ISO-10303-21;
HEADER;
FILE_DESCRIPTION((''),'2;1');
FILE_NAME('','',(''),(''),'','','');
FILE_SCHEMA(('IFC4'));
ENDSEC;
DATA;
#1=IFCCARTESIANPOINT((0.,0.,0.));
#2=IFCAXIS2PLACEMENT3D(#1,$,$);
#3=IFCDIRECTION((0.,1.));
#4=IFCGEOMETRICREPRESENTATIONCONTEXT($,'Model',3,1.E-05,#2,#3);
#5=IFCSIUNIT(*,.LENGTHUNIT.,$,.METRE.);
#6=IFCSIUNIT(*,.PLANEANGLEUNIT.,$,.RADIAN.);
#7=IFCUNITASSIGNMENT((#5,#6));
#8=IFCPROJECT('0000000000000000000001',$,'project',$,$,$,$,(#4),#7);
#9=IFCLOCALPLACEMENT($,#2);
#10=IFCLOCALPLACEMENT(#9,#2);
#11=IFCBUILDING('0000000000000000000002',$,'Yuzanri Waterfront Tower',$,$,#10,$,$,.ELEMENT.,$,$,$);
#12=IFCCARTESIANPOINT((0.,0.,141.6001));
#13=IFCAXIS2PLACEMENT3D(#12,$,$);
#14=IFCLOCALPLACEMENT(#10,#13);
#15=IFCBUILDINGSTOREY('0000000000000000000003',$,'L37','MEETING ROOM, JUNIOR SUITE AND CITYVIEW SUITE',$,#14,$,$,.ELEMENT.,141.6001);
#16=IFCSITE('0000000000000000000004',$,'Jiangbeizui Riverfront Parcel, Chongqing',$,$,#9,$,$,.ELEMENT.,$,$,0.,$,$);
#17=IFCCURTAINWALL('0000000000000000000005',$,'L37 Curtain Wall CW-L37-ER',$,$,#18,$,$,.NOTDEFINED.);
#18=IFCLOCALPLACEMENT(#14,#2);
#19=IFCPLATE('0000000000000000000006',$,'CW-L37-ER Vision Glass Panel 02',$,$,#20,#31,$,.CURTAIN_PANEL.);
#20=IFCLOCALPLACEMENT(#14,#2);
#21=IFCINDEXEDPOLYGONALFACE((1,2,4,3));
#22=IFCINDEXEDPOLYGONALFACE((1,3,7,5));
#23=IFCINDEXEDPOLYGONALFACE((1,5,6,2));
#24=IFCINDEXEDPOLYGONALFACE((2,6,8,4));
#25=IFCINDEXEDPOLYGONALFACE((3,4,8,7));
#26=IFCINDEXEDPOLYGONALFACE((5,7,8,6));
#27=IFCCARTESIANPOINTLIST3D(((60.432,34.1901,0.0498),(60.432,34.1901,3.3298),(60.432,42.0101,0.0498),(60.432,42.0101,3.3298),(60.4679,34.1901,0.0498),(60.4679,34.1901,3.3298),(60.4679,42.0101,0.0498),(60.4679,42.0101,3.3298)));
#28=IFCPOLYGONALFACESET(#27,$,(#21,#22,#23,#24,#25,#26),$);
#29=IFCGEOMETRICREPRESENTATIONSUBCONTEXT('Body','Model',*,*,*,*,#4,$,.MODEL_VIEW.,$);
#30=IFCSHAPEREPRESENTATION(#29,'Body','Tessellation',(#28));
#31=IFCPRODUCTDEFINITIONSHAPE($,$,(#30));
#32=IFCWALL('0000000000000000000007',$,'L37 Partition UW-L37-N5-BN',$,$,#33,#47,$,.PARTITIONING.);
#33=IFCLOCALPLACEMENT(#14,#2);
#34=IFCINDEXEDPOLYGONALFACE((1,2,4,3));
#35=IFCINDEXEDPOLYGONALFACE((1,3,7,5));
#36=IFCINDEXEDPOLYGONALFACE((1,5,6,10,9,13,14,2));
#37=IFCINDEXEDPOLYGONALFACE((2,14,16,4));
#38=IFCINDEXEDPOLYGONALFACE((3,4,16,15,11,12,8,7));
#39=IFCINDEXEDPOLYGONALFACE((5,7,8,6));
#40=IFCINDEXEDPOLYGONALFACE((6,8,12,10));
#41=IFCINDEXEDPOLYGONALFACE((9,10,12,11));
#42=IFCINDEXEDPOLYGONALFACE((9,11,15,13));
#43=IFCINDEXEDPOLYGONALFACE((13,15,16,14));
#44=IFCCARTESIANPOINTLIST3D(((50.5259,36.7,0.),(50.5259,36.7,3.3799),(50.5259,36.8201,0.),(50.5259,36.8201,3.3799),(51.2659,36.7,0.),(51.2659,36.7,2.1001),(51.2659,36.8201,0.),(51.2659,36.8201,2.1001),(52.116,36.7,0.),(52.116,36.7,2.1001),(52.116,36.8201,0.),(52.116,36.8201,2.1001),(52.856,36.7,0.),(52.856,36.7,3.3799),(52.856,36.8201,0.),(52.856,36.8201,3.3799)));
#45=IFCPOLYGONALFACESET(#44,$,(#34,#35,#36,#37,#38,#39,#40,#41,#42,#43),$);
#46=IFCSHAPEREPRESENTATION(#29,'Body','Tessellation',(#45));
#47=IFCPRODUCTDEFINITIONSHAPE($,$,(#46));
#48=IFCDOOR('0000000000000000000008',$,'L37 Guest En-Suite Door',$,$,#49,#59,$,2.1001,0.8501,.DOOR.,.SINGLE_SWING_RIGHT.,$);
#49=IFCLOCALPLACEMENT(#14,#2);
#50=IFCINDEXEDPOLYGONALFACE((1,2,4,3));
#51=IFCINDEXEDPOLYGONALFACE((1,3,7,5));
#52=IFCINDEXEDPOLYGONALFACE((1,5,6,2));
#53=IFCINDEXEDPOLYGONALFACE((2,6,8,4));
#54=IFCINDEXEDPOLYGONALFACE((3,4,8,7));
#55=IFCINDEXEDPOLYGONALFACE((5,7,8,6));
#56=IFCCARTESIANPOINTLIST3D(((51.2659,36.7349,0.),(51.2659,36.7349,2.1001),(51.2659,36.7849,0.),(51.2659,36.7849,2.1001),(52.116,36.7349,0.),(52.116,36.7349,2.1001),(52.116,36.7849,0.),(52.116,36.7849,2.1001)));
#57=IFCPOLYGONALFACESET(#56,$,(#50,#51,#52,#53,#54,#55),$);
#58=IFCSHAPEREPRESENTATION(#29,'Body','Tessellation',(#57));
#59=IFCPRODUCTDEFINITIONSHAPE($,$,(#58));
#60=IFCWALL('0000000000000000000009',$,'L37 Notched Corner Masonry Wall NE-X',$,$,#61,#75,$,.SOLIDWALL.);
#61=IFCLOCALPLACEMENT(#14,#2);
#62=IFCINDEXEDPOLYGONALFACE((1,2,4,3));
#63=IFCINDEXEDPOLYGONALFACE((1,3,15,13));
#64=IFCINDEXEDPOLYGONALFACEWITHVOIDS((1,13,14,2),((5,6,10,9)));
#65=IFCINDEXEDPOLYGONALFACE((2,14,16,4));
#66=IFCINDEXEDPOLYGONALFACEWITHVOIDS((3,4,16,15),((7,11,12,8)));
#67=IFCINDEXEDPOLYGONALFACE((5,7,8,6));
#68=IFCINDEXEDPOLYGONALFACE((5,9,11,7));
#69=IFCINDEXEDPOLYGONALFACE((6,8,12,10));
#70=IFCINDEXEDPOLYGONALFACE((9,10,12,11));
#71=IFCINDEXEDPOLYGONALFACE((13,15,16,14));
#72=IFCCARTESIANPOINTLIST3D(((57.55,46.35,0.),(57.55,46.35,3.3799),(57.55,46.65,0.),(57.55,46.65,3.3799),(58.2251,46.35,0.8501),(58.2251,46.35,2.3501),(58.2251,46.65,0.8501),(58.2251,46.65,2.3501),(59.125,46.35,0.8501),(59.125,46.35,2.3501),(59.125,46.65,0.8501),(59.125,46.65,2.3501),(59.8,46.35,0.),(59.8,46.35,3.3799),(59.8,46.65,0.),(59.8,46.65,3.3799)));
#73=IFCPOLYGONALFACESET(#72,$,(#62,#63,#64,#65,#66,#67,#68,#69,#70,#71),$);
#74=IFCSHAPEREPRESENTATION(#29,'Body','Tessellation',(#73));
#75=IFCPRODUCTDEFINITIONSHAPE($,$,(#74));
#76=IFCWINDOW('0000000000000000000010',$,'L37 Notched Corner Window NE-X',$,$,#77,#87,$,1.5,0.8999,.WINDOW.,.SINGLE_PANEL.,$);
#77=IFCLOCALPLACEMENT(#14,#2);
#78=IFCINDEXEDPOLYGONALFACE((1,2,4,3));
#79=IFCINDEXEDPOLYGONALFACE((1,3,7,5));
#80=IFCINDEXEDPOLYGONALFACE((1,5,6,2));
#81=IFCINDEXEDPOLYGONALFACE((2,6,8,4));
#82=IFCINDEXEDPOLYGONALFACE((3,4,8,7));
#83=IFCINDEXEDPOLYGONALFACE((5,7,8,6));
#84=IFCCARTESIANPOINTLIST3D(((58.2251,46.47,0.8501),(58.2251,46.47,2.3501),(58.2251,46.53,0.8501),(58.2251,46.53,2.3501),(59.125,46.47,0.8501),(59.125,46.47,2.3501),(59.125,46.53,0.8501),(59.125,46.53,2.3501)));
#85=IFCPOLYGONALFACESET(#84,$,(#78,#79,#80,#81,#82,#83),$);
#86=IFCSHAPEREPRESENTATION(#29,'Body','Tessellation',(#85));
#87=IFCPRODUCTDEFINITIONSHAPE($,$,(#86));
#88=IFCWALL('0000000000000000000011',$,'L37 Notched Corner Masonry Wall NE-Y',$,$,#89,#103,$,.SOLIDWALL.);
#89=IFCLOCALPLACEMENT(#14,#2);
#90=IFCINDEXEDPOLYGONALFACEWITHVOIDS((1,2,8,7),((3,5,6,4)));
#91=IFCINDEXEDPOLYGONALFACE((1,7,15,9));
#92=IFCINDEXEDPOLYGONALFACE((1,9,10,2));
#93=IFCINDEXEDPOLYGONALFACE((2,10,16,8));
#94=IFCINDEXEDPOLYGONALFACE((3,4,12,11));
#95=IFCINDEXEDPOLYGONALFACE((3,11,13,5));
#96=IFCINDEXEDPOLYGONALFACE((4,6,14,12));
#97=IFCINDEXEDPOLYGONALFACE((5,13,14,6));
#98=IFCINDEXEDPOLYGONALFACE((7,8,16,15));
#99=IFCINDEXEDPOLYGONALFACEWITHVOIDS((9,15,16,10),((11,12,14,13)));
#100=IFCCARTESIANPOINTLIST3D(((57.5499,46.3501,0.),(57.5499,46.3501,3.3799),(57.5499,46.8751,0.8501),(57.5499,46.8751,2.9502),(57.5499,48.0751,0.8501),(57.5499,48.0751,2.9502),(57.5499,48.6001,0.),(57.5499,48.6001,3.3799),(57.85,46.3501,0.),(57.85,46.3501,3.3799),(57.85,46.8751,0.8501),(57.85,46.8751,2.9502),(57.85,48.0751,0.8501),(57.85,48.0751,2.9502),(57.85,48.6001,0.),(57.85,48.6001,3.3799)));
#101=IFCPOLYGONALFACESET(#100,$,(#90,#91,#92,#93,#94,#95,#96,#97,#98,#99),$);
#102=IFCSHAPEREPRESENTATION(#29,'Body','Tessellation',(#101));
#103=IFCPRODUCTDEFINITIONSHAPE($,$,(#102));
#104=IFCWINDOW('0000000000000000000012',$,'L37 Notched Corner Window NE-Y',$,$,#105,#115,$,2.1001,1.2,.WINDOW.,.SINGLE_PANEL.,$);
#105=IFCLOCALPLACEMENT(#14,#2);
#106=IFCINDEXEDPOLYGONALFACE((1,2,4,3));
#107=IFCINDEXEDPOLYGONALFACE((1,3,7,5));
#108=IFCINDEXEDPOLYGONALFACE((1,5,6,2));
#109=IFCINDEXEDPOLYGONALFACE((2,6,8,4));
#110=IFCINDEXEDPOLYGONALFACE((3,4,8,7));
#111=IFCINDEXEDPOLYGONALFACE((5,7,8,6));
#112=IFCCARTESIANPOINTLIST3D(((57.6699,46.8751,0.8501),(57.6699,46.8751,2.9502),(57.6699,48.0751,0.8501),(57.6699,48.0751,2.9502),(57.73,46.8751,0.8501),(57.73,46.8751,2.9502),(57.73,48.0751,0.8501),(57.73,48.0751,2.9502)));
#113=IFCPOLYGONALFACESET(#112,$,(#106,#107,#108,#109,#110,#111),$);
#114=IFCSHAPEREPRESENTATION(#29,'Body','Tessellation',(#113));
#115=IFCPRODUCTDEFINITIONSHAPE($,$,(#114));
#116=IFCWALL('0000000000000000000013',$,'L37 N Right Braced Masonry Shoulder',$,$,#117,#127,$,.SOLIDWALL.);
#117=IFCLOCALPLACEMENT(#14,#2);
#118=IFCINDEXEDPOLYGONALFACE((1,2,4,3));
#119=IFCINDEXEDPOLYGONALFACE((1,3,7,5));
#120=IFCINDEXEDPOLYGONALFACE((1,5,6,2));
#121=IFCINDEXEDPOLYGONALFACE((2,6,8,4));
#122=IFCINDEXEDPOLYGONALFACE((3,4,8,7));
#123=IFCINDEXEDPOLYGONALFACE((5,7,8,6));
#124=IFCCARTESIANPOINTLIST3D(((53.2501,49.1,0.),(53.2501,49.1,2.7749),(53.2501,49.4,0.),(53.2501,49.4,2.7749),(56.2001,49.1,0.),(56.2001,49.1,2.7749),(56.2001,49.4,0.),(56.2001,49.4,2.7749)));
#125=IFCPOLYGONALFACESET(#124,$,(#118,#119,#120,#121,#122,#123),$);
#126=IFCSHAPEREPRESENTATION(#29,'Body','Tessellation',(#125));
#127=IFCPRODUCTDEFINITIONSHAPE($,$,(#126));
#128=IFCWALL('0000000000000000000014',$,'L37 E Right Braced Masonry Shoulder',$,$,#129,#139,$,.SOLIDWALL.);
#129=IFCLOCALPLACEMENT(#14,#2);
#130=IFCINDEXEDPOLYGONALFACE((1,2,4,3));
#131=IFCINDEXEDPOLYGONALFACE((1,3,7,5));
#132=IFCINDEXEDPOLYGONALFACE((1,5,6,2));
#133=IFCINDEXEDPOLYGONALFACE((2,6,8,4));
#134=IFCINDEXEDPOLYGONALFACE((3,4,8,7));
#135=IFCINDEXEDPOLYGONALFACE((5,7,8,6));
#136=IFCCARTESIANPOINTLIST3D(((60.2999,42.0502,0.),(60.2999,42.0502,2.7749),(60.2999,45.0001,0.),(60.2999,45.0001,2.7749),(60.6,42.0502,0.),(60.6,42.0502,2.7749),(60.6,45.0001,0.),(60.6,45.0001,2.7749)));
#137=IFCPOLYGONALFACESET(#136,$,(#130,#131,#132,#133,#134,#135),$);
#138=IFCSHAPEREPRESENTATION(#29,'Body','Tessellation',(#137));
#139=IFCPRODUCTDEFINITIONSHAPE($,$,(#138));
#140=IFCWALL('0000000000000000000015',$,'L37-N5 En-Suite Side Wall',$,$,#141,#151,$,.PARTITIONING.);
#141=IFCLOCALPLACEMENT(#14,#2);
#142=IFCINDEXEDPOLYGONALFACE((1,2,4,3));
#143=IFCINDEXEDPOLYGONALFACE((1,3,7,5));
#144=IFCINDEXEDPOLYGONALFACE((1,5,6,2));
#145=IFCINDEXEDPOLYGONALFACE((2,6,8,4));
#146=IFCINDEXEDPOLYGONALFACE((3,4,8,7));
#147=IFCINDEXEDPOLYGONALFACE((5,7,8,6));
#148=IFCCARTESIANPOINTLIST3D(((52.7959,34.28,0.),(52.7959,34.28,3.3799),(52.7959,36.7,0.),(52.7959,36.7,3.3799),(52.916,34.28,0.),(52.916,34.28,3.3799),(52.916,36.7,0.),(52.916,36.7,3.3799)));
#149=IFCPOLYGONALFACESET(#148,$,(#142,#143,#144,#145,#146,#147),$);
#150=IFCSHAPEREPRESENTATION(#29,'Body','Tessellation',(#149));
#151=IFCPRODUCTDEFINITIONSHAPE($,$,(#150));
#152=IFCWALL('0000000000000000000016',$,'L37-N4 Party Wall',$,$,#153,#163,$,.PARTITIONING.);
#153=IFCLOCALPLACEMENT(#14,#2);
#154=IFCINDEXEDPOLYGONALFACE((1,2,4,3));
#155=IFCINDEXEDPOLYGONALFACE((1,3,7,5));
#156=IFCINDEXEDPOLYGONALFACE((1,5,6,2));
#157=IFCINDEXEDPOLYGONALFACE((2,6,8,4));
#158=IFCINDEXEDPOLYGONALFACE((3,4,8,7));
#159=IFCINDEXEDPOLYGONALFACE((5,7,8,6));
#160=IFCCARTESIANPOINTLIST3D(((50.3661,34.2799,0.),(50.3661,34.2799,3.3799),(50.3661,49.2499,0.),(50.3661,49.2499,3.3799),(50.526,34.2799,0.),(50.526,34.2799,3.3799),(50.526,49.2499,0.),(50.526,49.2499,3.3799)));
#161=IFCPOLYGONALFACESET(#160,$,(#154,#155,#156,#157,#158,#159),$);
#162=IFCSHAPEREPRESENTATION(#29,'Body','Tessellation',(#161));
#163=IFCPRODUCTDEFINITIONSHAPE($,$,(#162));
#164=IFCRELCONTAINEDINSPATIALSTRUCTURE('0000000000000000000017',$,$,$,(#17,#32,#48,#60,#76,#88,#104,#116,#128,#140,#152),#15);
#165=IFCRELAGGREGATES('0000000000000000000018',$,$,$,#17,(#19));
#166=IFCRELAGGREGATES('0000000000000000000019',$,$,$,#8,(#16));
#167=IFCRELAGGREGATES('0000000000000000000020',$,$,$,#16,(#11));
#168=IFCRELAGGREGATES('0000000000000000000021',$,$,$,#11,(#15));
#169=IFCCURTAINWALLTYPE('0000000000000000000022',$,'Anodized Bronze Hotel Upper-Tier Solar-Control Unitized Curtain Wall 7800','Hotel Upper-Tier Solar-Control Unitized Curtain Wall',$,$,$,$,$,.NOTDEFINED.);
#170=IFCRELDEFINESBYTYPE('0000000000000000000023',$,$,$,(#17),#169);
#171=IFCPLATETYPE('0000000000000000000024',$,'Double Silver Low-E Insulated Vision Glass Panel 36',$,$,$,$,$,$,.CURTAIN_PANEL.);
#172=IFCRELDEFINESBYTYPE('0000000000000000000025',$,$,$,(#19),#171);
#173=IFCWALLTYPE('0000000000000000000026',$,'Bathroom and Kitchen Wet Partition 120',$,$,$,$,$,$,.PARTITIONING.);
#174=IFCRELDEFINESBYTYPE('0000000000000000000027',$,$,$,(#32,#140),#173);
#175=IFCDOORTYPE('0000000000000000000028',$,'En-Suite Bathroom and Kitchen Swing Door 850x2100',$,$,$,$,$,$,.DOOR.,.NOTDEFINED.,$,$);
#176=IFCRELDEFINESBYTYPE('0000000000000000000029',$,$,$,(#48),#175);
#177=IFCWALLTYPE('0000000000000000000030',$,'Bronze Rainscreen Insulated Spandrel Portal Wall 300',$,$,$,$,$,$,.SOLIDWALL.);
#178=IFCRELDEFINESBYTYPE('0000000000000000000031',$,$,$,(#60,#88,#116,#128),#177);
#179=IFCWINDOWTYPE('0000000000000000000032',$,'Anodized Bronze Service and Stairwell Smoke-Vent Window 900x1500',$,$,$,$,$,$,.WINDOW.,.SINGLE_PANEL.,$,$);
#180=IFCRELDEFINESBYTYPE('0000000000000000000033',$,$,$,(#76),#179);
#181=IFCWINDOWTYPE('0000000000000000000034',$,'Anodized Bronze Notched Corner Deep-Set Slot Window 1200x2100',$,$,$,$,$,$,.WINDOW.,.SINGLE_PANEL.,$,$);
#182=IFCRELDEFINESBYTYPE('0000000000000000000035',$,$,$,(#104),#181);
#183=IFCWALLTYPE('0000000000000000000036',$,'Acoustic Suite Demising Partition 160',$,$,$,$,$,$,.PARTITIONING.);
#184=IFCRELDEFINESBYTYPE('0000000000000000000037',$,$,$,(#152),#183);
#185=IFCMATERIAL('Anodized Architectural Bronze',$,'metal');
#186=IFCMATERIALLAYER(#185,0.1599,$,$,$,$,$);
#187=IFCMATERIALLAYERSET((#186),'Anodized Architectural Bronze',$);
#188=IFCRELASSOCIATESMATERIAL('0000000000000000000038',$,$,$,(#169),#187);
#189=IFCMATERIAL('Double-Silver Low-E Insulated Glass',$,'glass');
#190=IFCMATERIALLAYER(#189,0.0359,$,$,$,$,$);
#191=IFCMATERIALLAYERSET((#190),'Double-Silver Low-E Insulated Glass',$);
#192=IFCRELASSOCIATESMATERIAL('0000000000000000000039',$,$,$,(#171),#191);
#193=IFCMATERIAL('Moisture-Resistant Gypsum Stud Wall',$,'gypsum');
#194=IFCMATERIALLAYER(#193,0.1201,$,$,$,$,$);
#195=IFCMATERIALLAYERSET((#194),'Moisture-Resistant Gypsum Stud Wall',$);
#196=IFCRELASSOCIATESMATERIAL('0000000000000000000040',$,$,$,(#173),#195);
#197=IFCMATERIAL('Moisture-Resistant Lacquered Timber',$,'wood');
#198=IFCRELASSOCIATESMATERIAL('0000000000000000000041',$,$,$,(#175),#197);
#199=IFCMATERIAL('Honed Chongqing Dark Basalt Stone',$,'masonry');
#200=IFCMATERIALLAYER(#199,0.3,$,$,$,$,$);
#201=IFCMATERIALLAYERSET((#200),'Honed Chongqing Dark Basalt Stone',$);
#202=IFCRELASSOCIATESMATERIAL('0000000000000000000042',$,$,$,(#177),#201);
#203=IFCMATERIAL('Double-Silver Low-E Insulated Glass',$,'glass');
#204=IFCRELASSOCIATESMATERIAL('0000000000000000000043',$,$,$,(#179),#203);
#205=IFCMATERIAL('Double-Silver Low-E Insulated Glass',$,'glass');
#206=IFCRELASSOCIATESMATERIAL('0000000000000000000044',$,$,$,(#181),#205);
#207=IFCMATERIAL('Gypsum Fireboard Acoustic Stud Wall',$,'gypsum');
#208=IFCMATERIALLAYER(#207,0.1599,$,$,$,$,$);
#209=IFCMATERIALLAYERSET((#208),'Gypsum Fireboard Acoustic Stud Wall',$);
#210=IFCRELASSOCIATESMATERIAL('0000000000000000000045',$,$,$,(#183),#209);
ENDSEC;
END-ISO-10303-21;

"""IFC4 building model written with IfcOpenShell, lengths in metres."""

from ifc_helpers import new_model, si_unit, direction, frame, frame_2d, origin, origin_2d, place, context, subcontext, project, spatial, rectangle, extrude, source, transform, mapped, material, layer, layer_set, type_object, element, fill, aggregate, save


model = new_model("IFC4")

# Units and contexts
model_context = context("Model", 3, precision=1e-05, world=origin(), true_north=direction((0.0, 1.0)))
body_context = subcontext(model_context, "Body", "Model", "MODEL_VIEW")
ifc_project = project(units=[si_unit("LENGTHUNIT", "METRE"), si_unit("PLANEANGLEUNIT", "RADIAN")], contexts=[model_context])

# Site, building, storey
site_placement = place(None, origin())
site = spatial("IfcSite", under=ifc_project, at=site_placement, Name="Jiangbeizui Riverfront Parcel, Chongqing", CompositionType="ELEMENT", RefElevation=0.0)
building_placement = place(site_placement, origin())
building = spatial("IfcBuilding", under=site, at=building_placement, Name="Yuzanri Waterfront Tower", CompositionType="ELEMENT")
storey_placement = place(building_placement, frame((0.0, 0.0, 141.6001)))
storey = spatial("IfcBuildingStorey", under=building, at=storey_placement, Name="L37", Description="MEETING ROOM, JUNIOR SUITE AND CITYVIEW SUITE", CompositionType="ELEMENT", Elevation=141.6001)

# Curtain wall
ifc_material_1 = material(Name="Anodized Architectural Bronze", Category="metal")
ifc_layer_1 = layer(ifc_material_1, 0.1599)
ifc_layer_set_1 = layer_set([ifc_layer_1], Name="Anodized Architectural Bronze")
curtain_wall_type = type_object("IfcCurtainWallType", Name="Anodized Bronze Hotel Upper-Tier Solar-Control Unitized Curtain Wall 7800", Description="Hotel Upper-Tier Solar-Control Unitized Curtain Wall", PredefinedType="NOTDEFINED", material=ifc_layer_set_1)
curtain_wall_1_placement = place(storey_placement, origin())
curtain_wall_1 = element("IfcCurtainWall", 1, at=curtain_wall_1_placement, inside=storey, type_object=curtain_wall_type, Name="L37 Curtain Wall CW-L37-ER", PredefinedType="NOTDEFINED")

# Plate
ifc_material_2 = material(Name="Double-Silver Low-E Insulated Glass", Category="glass")
ifc_layer_2 = layer(ifc_material_2, 0.0359)
ifc_layer_set_2 = layer_set([ifc_layer_2], Name="Double-Silver Low-E Insulated Glass")
plate_type_1 = type_object("IfcPlateType", Name="Double Silver Low-E Insulated Vision Glass Panel 36", PredefinedType="CURTAIN_PANEL", material=ifc_layer_set_2)
shared_shape_1 = source(origin(), body_context, "Body", "SweptSolid", [
    extrude(rectangle(XDim=7.8201, YDim=0.0359, at=origin_2d()), origin(), (0.0, 0.0, 1.0), 3.28),
])
plate_placement = place(storey_placement, frame((60.45, 38.1001, 0.0498), z_axis=(0.0, 0.0, 1.0), x_axis=(0.0, 1.0, 0.0)))
plate = element("IfcPlate", 2, at=plate_placement, type_object=plate_type_1, Name="CW-L37-ER Vision Glass Panel 02", PredefinedType="CURTAIN_PANEL", context=body_context, shape_type="MappedRepresentation", body=[
    mapped(shared_shape_1, transform((0.0, 0.0, 0.0), scale=1.0)),
])
aggregate(curtain_wall_1, [plate])

# Wall, opening, door
ifc_material_3 = material(Name="Moisture-Resistant Gypsum Stud Wall", Category="gypsum")
ifc_layer_3 = layer(ifc_material_3, 0.1201)
ifc_layer_set_3 = layer_set([ifc_layer_3], Name="Moisture-Resistant Gypsum Stud Wall")
wall_type_1 = type_object("IfcWallType", Name="Bathroom and Kitchen Wet Partition 120", PredefinedType="PARTITIONING", material=ifc_layer_set_3)
wall_1_placement = place(storey_placement, frame((50.5259, 36.76, 0.0), z_axis=(0.0, 0.0, 1.0), x_axis=(1.0, 0.0, 0.0)))
wall_1 = element("IfcWall", 3, at=wall_1_placement, inside=storey, type_object=wall_type_1, Name="L37 Partition UW-L37-N5-BN", PredefinedType="PARTITIONING", context=body_context, shape_type="SweptSolid", body=[
    extrude(rectangle(XDim=2.3301, YDim=0.1201, at=frame_2d((1.165, 0.0))), origin(), (0.0, 0.0, 1.0), 3.3799),
])
opening_1_placement = place(wall_1_placement, frame((0.74, 0.0, 0.0)))
opening_1 = element("IfcOpeningElement", 4, at=opening_1_placement, cuts=wall_1, PredefinedType="OPENING", context=body_context, shape_type="SweptSolid", body=[
    extrude(rectangle(XDim=0.8501, YDim=2.1001, at=frame_2d((0.425, 1.05))), frame((0.0, 0.075, 0.0), z_axis=(0.0, -1.0, 0.0), x_axis=(1.0, 0.0, 0.0)), (0.0, 0.0, 1.0), 0.1499),
])
ifc_material_4 = material(Name="Moisture-Resistant Lacquered Timber", Category="wood")
door_type = type_object("IfcDoorType", Name="En-Suite Bathroom and Kitchen Swing Door 850x2100", OperationType="NOTDEFINED", PredefinedType="DOOR", material=ifc_material_4)
shared_shape_2 = source(origin(), body_context, "Body", "SweptSolid", [
    extrude(rectangle(XDim=0.8501, YDim=2.1001, at=frame_2d((0.425, 1.05))), frame((0.0, 0.0249, 0.0), z_axis=(0.0, -1.0, 0.0), x_axis=(1.0, 0.0, 0.0)), (0.0, 0.0, 1.0), 0.05),
])
door_placement = place(opening_1_placement, origin())
door = element("IfcDoor", 5, at=door_placement, inside=storey, type_object=door_type, Name="L37 Guest En-Suite Door", OperationType="SINGLE_SWING_RIGHT", OverallHeight=2.1001, OverallWidth=0.8501, PredefinedType="DOOR", context=body_context, shape_type="MappedRepresentation", body=[
    mapped(shared_shape_2, transform((0.0, 0.0, 0.0), scale=1.0)),
])
fill(opening_1, door)

# Walls, openings, windows
ifc_material_5 = material(Name="Honed Chongqing Dark Basalt Stone", Category="masonry")
ifc_layer_4 = layer(ifc_material_5, 0.3)
ifc_layer_set_4 = layer_set([ifc_layer_4], Name="Honed Chongqing Dark Basalt Stone")
wall_type_2 = type_object("IfcWallType", Name="Bronze Rainscreen Insulated Spandrel Portal Wall 300", PredefinedType="SOLIDWALL", material=ifc_layer_set_4)
wall_2_placement = place(storey_placement, frame((59.8, 46.5, 0.0), z_axis=(0.0, 0.0, 1.0), x_axis=(-1.0, 0.0, 0.0)))
wall_2 = element("IfcWall", 6, at=wall_2_placement, inside=storey, type_object=wall_type_2, Name="L37 Notched Corner Masonry Wall NE-X", PredefinedType="SOLIDWALL", context=body_context, shape_type="SweptSolid", body=[
    extrude(rectangle(XDim=2.25, YDim=0.3, at=frame_2d((1.125, 0.0))), origin(), (0.0, 0.0, 1.0), 3.3799),
])
opening_2_placement = place(wall_2_placement, frame((0.675, 0.0, 0.8501)))
opening_2 = element("IfcOpeningElement", 7, at=opening_2_placement, cuts=wall_2, PredefinedType="OPENING", context=body_context, shape_type="SweptSolid", body=[
    extrude(rectangle(XDim=0.8999, YDim=1.5, at=frame_2d((0.45, 0.75))), frame((0.0, 0.165, 0.0), z_axis=(0.0, -1.0, 0.0), x_axis=(1.0, 0.0, 0.0)), (0.0, 0.0, 1.0), 0.3298),
])
ifc_material_6 = material(Name="Double-Silver Low-E Insulated Glass", Category="glass")
window_type_1 = type_object("IfcWindowType", Name="Anodized Bronze Service and Stairwell Smoke-Vent Window 900x1500", PartitioningType="SINGLE_PANEL", PredefinedType="WINDOW", material=ifc_material_6)
shared_shape_3 = source(origin(), body_context, "Body", "SweptSolid", [
    extrude(rectangle(XDim=0.8999, YDim=1.5, at=frame_2d((0.45, 0.75))), frame((0.0, 0.03, 0.0), z_axis=(0.0, -1.0, 0.0), x_axis=(1.0, 0.0, 0.0)), (0.0, 0.0, 1.0), 0.0601),
])
window_1_placement = place(opening_2_placement, origin())
window_1 = element("IfcWindow", 8, at=window_1_placement, inside=storey, type_object=window_type_1, Name="L37 Notched Corner Window NE-X", OverallHeight=1.5, OverallWidth=0.8999, PartitioningType="SINGLE_PANEL", PredefinedType="WINDOW", context=body_context, shape_type="MappedRepresentation", body=[
    mapped(shared_shape_3, transform((0.0, 0.0, 0.0), scale=1.0)),
])
fill(opening_2, window_1)
wall_3_placement = place(storey_placement, frame((57.7, 46.3501, 0.0), z_axis=(0.0, 0.0, 1.0), x_axis=(0.0, 1.0, 0.0)))
wall_3 = element("IfcWall", 9, at=wall_3_placement, inside=storey, type_object=wall_type_2, Name="L37 Notched Corner Masonry Wall NE-Y", PredefinedType="SOLIDWALL", context=body_context, shape_type="SweptSolid", body=[
    extrude(rectangle(XDim=2.25, YDim=0.3, at=frame_2d((1.125, 0.0))), origin(), (0.0, 0.0, 1.0), 3.3799),
])
opening_3_placement = place(wall_3_placement, frame((0.5249, 0.0, 0.8501)))
opening_3 = element("IfcOpeningElement", 10, at=opening_3_placement, cuts=wall_3, PredefinedType="OPENING", context=body_context, shape_type="SweptSolid", body=[
    extrude(rectangle(XDim=1.2, YDim=2.1001, at=frame_2d((0.6001, 1.05))), frame((0.0, 0.165, 0.0), z_axis=(0.0, -1.0, 0.0), x_axis=(1.0, 0.0, 0.0)), (0.0, 0.0, 1.0), 0.3298),
])
ifc_material_7 = material(Name="Double-Silver Low-E Insulated Glass", Category="glass")
window_type_2 = type_object("IfcWindowType", Name="Anodized Bronze Notched Corner Deep-Set Slot Window 1200x2100", PartitioningType="SINGLE_PANEL", PredefinedType="WINDOW", material=ifc_material_7)
shared_shape_4 = source(origin(), body_context, "Body", "SweptSolid", [
    extrude(rectangle(XDim=1.2, YDim=2.1001, at=frame_2d((0.6001, 1.05))), frame((0.0, 0.03, 0.0), z_axis=(0.0, -1.0, 0.0), x_axis=(1.0, 0.0, 0.0)), (0.0, 0.0, 1.0), 0.0601),
])
window_2_placement = place(opening_3_placement, origin())
window_2 = element("IfcWindow", 11, at=window_2_placement, inside=storey, type_object=window_type_2, Name="L37 Notched Corner Window NE-Y", OverallHeight=2.1001, OverallWidth=1.2, PartitioningType="SINGLE_PANEL", PredefinedType="WINDOW", context=body_context, shape_type="MappedRepresentation", body=[
    mapped(shared_shape_4, transform((0.0, 0.0, 0.0), scale=1.0)),
])
fill(opening_3, window_2)

# Walls
shared_shape_5 = source(origin(), body_context, "Body", "SweptSolid", [
    extrude(rectangle(XDim=2.95, YDim=0.3, at=frame_2d((1.4751, 0.0))), origin(), (0.0, 0.0, 1.0), 2.7749),
])
for number, where, z_axis, x_axis, name in (
    (12, (53.25, 49.25, 0.0), (0.0, 0.0, 1.0), (1.0, 0.0, 0.0), "L37 N Right Braced Masonry Shoulder"),
    (13, (60.45, 42.05, 0.0), (0.0, 0.0, 1.0), (0.0, 1.0, 0.0), "L37 E Right Braced Masonry Shoulder"),
):
    element("IfcWall", number, at=place(storey_placement, frame(where, z_axis=z_axis, x_axis=x_axis)), inside=storey, type_object=wall_type_2, Name=name, PredefinedType="SOLIDWALL", context=body_context, shape_type="MappedRepresentation", body=[
        mapped(shared_shape_5, transform((0.0, 0.0, 0.0), scale=1.0)),
    ])
shared_shape_6 = source(origin(), body_context, "Body", "SweptSolid", [
    extrude(rectangle(XDim=2.4199, YDim=0.1201, at=frame_2d((1.21, 0.0))), origin(), (0.0, 0.0, 1.0), 3.3799),
])
wall_4_placement = place(storey_placement, frame((52.856, 34.28, 0.0), z_axis=(0.0, 0.0, 1.0), x_axis=(0.0, 1.0, 0.0)))
element("IfcWall", 14, at=wall_4_placement, inside=storey, type_object=wall_type_1, Name="L37-N5 En-Suite Side Wall", PredefinedType="PARTITIONING", context=body_context, shape_type="MappedRepresentation", body=[
    mapped(shared_shape_6, transform((0.0, 0.0, 0.0), scale=1.0)),
])
ifc_material_8 = material(Name="Gypsum Fireboard Acoustic Stud Wall", Category="gypsum")
ifc_layer_5 = layer(ifc_material_8, 0.1599)
ifc_layer_set_5 = layer_set([ifc_layer_5], Name="Gypsum Fireboard Acoustic Stud Wall")
wall_type_3 = type_object("IfcWallType", Name="Acoustic Suite Demising Partition 160", PredefinedType="PARTITIONING", material=ifc_layer_set_5)
shared_shape_7 = source(origin(), body_context, "Body", "SweptSolid", [
    extrude(rectangle(XDim=14.97, YDim=0.1599, at=frame_2d((7.4849, 0.0))), origin(), (0.0, 0.0, 1.0), 3.3799),
])
wall_5_placement = place(storey_placement, frame((50.446, 34.28, 0.0), z_axis=(0.0, 0.0, 1.0), x_axis=(0.0, 1.0, 0.0)))
element("IfcWall", 15, at=wall_5_placement, inside=storey, type_object=wall_type_3, Name="L37-N4 Party Wall", PredefinedType="PARTITIONING", context=body_context, shape_type="MappedRepresentation", body=[
    mapped(shared_shape_7, transform((0.0, 0.0, 0.0), scale=1.0)),
])

save(model, "model.ifc")
